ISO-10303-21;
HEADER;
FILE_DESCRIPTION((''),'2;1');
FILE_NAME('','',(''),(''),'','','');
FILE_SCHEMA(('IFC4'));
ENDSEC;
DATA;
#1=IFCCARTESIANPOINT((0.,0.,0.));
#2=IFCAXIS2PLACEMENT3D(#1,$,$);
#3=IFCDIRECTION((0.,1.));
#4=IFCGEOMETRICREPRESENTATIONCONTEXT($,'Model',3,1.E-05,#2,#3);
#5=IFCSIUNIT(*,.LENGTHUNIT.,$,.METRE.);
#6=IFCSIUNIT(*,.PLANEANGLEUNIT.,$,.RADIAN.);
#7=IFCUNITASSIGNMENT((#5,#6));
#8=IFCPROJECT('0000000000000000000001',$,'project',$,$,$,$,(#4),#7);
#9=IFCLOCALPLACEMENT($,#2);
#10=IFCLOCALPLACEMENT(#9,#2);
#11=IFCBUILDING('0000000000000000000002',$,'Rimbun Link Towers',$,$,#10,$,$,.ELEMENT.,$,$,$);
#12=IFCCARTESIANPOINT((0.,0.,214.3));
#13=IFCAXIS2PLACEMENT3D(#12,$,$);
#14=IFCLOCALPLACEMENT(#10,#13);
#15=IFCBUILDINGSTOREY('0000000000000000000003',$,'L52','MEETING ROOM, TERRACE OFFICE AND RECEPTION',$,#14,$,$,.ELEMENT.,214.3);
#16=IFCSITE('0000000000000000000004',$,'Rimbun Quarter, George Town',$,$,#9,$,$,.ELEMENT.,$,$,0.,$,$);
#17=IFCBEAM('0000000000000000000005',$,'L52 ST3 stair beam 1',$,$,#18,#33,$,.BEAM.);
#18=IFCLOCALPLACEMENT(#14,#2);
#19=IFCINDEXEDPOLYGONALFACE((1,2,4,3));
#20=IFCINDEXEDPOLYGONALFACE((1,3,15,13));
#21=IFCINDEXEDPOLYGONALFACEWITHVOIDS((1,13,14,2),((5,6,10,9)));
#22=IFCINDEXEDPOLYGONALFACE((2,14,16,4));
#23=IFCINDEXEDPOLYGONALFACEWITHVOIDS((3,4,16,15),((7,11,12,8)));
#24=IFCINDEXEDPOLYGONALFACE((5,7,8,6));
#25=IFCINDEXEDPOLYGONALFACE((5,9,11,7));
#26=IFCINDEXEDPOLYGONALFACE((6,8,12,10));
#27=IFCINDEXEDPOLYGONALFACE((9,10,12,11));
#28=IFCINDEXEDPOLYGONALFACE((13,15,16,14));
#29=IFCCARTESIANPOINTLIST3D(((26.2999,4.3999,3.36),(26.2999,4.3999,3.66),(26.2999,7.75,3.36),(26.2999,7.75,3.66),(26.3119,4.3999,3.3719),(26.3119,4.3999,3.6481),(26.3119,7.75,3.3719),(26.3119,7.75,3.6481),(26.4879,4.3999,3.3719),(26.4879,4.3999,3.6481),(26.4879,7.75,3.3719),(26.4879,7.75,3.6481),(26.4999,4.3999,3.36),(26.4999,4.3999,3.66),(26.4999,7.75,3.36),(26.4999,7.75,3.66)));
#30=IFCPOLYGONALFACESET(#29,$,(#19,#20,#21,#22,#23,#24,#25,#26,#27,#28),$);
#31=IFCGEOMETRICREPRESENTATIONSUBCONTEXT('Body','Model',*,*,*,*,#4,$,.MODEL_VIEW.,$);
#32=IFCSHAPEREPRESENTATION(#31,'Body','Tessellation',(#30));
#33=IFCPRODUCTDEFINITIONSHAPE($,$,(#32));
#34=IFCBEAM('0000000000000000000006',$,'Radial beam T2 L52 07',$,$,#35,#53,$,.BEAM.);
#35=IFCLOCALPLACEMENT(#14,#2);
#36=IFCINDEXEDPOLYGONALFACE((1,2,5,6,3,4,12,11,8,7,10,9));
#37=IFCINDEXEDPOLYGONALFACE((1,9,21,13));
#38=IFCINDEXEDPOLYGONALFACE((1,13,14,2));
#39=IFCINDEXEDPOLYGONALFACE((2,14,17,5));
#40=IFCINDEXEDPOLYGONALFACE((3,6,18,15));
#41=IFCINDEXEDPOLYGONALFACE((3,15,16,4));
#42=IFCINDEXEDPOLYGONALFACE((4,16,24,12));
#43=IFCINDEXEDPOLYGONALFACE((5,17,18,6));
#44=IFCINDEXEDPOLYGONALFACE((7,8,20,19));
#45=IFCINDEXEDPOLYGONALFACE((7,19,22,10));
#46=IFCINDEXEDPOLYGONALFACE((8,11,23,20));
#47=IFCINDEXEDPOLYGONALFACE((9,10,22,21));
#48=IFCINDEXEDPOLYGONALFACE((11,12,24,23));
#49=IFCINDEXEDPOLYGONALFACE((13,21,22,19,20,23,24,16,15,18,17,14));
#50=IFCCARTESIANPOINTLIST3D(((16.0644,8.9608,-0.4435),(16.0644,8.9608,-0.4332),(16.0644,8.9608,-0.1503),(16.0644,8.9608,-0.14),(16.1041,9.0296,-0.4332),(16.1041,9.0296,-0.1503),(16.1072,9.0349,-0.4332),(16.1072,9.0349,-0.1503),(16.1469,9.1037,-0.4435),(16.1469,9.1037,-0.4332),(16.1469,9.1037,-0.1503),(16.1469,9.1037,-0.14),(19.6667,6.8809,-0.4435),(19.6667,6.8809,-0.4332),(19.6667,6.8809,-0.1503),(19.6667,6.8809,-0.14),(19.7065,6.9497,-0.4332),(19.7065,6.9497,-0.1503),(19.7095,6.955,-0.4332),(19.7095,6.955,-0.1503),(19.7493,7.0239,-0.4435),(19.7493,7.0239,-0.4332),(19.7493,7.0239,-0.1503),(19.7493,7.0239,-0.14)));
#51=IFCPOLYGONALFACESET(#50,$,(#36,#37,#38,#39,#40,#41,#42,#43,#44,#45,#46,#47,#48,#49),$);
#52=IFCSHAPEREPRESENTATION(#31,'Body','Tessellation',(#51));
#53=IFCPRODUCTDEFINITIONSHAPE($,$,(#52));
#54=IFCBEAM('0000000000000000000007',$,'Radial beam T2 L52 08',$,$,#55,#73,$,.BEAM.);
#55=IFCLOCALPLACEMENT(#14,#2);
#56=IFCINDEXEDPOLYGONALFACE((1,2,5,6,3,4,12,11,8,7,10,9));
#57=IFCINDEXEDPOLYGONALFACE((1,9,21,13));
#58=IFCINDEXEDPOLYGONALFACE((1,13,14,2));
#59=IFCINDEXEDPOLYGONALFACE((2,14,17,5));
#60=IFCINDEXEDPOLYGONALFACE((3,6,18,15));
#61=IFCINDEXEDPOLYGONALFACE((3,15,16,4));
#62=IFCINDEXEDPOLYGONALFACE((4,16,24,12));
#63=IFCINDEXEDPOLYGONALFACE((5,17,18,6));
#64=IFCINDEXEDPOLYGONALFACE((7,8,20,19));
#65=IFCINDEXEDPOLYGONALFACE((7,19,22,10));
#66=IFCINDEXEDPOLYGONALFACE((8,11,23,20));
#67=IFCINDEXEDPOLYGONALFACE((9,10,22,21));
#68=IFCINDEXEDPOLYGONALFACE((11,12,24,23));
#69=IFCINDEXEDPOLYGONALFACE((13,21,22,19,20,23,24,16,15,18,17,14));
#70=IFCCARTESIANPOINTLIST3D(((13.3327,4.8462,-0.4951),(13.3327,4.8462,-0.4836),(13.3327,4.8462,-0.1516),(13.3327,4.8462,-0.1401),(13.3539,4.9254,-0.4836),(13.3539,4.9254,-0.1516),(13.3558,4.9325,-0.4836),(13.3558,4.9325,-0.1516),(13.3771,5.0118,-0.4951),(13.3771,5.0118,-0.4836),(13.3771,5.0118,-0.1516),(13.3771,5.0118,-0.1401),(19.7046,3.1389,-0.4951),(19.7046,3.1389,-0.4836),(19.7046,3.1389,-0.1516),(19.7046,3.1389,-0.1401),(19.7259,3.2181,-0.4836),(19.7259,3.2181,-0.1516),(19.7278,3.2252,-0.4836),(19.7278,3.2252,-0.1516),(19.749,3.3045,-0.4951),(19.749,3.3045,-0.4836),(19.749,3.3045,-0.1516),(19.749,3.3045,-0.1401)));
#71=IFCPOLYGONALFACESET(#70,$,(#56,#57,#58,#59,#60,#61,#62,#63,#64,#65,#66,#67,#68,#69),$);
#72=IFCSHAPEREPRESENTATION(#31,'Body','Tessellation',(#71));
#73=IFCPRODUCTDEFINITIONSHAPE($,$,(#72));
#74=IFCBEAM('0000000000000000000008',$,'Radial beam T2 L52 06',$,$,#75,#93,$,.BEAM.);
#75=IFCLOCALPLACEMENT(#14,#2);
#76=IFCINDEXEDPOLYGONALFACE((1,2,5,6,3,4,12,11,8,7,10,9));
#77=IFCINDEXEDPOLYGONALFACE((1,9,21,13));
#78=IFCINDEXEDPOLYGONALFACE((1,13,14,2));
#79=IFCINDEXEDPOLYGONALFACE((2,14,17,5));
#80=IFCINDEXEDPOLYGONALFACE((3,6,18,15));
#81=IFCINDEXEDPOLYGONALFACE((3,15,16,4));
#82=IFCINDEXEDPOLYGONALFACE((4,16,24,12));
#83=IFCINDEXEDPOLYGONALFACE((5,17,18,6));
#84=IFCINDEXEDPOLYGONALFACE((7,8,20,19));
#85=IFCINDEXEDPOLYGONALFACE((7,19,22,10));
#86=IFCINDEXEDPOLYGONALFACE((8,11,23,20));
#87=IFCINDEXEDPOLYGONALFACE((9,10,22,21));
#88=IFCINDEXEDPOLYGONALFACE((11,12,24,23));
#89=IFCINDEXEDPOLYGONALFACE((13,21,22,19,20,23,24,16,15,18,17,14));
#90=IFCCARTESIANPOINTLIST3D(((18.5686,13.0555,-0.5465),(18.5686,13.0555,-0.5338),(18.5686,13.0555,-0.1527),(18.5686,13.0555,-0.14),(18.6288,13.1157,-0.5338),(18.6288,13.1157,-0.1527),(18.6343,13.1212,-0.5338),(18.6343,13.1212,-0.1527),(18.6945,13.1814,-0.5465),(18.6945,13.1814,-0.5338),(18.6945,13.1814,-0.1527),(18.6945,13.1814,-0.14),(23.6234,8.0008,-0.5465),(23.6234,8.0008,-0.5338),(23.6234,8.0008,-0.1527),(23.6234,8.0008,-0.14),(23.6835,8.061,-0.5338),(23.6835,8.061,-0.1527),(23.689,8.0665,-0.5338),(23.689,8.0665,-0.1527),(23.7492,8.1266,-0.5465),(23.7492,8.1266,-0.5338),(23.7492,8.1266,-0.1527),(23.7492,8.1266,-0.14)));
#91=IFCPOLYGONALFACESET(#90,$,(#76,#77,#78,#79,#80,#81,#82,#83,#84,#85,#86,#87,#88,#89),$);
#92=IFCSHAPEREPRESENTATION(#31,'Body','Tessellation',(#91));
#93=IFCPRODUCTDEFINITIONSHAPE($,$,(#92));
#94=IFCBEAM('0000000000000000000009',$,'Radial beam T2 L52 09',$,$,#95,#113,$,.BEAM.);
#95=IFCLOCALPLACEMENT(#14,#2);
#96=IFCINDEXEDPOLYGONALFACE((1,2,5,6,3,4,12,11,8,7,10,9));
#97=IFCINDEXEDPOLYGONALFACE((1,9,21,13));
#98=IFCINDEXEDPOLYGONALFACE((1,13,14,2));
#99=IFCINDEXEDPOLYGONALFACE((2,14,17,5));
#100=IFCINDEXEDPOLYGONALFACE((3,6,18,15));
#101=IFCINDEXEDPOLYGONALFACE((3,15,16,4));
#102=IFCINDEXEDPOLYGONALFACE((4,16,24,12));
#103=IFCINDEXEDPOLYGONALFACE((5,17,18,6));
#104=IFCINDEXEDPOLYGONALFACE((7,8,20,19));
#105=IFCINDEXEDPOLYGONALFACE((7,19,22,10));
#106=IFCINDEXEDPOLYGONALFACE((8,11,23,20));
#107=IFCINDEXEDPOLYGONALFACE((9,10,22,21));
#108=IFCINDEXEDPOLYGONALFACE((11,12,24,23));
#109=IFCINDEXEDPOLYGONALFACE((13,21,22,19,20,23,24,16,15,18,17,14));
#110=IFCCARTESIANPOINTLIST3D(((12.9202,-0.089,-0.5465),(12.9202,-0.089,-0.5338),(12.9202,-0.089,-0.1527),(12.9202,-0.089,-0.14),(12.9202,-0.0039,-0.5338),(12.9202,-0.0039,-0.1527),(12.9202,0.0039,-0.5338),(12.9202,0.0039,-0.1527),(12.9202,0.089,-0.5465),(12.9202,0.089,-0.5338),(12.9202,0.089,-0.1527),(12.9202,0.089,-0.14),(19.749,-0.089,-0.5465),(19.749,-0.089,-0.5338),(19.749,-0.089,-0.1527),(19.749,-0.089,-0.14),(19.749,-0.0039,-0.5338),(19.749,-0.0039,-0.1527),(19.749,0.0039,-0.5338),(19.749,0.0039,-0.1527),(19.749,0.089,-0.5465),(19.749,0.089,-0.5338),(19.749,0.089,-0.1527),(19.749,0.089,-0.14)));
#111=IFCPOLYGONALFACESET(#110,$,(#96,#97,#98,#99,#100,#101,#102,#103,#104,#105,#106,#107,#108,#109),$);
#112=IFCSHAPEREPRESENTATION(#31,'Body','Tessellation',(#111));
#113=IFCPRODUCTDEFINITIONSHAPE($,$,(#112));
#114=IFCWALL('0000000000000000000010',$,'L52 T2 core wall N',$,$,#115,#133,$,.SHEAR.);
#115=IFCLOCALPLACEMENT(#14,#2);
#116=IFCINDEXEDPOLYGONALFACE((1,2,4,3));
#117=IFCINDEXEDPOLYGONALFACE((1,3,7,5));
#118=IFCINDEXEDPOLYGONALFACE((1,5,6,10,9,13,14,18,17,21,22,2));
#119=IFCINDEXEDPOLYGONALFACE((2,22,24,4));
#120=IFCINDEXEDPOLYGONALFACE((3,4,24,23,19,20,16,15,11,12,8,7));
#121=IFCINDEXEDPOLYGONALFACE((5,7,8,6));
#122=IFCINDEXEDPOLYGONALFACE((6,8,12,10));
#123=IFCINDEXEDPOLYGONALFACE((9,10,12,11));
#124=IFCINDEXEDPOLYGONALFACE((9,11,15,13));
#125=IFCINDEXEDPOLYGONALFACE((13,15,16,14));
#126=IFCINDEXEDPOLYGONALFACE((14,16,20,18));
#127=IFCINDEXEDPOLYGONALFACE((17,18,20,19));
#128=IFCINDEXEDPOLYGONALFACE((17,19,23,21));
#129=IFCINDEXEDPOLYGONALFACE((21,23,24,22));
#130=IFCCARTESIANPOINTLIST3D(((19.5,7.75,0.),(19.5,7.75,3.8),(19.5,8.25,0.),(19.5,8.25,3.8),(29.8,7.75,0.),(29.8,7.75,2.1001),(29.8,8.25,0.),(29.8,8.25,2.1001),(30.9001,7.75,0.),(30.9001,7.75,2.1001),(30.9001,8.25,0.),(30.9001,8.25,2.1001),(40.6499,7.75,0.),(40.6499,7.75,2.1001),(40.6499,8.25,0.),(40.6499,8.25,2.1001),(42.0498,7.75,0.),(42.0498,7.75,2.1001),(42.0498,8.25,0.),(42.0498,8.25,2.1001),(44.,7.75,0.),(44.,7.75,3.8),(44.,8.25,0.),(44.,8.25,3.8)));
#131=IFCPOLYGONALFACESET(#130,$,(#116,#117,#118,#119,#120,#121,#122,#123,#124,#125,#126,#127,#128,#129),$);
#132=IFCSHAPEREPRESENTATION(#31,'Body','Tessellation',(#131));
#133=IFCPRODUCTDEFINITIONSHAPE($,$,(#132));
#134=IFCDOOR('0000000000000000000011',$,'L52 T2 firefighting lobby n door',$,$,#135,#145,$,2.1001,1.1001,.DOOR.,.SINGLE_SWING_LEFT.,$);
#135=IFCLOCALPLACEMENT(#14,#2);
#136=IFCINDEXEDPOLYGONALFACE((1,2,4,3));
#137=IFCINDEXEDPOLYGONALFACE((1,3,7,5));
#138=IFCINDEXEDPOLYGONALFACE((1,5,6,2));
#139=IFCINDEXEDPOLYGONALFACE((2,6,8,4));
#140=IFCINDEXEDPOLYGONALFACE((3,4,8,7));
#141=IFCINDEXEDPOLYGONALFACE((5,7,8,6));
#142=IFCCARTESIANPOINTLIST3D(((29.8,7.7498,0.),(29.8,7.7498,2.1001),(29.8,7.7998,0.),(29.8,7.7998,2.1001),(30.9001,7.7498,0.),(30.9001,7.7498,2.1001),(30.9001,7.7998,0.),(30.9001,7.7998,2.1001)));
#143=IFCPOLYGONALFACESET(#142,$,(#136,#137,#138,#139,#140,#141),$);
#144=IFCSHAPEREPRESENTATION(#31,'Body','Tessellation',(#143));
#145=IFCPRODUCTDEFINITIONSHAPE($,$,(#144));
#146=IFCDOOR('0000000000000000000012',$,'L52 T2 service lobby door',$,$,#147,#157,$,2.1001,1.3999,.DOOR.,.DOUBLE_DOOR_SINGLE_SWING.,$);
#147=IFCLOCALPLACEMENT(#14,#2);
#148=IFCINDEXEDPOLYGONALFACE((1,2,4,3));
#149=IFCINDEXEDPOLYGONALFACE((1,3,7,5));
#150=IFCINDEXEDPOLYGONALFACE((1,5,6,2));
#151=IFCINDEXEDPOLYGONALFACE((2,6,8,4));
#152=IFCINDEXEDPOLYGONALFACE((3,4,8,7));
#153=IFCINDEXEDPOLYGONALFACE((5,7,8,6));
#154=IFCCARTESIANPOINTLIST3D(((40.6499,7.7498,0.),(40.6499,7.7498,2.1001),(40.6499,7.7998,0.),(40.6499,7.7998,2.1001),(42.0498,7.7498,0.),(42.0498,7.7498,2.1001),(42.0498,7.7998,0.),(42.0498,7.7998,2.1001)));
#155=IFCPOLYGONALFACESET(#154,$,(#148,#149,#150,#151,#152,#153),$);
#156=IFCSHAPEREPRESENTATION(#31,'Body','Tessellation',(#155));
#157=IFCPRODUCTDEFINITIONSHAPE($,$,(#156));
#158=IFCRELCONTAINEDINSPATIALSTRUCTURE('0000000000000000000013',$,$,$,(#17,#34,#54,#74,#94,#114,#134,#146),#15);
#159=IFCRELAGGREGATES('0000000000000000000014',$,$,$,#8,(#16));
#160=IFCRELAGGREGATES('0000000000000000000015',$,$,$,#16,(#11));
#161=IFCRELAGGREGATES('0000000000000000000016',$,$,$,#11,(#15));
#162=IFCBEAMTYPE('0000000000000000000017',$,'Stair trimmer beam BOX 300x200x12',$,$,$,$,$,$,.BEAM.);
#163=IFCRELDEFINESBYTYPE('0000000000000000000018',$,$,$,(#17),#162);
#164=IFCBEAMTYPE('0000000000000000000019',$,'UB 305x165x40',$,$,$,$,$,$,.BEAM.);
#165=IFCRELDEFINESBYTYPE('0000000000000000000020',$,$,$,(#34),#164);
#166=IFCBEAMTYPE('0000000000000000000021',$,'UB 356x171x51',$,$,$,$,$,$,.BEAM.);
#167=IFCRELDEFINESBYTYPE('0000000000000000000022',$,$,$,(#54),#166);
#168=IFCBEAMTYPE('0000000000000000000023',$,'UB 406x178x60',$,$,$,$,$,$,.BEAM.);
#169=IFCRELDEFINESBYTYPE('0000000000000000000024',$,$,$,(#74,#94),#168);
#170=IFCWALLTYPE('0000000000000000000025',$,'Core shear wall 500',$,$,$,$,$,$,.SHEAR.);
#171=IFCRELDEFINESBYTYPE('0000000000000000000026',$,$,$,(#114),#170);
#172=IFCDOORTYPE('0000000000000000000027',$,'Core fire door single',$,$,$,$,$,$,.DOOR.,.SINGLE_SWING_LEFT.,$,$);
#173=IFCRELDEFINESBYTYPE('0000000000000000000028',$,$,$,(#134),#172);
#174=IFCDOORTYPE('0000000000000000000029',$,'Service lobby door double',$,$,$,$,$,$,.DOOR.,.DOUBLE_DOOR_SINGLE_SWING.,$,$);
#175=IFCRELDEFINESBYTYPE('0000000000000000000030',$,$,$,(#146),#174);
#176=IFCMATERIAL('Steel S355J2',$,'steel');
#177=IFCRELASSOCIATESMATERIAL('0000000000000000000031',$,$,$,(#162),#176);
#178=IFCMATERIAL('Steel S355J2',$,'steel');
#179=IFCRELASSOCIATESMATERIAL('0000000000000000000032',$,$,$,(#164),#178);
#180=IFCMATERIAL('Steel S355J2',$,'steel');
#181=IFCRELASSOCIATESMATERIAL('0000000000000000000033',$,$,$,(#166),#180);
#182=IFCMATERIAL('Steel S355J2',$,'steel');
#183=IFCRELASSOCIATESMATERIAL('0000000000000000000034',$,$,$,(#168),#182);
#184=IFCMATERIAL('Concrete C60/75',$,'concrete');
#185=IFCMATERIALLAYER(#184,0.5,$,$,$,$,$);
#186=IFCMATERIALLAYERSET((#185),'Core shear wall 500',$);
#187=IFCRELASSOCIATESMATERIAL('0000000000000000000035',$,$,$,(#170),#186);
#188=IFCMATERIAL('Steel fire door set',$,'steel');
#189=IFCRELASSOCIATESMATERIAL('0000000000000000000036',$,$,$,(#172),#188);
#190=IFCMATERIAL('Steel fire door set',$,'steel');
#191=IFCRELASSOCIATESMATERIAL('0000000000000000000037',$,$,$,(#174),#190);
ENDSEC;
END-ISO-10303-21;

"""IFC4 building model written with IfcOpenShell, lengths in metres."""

from ifc_helpers import new_model, si_unit, direction, frame, frame_2d, origin, origin_2d, place, context, subcontext, project, spatial, rectangle, hollow_rectangle, i_section, extrude, material, layer, layer_set, material_profile, profile_set, type_object, element, fill, save


model = new_model("IFC4")

# Units and contexts
model_context = context("Model", 3, precision=1e-05, world=origin(), true_north=direction((0.0, 1.0)))
body_context = subcontext(model_context, "Body", "Model", "MODEL_VIEW")
ifc_project = project(units=[si_unit("LENGTHUNIT", "METRE"), si_unit("PLANEANGLEUNIT", "RADIAN")], contexts=[model_context])

# Site, building, storey
site_placement = place(None, origin())
site = spatial("IfcSite", under=ifc_project, at=site_placement, Name="Rimbun Quarter, George Town", CompositionType="ELEMENT", RefElevation=0.0)
building_placement = place(site_placement, origin())
building = spatial("IfcBuilding", under=site, at=building_placement, Name="Rimbun Link Towers", CompositionType="ELEMENT")
storey_placement = place(building_placement, frame((0.0, 0.0, 214.3)))
storey = spatial("IfcBuildingStorey", under=building, at=storey_placement, Name="L52", Description="MEETING ROOM, TERRACE OFFICE AND RECEPTION", CompositionType="ELEMENT", Elevation=214.3)

# Beams
ifc_material_1 = material(Name="Steel S355J2", Category="steel")
ifc_material_profile_1 = material_profile(ifc_material_1, hollow_rectangle(XDim=0.2, YDim=0.3, WallThickness=0.012, at=origin_2d()), Name="BOX 300x200x12")
ifc_profile_set_1 = profile_set([ifc_material_profile_1], Name="Steel S355J2")
beam_type_1 = type_object("IfcBeamType", Name="Stair trimmer beam BOX 300x200x12", PredefinedType="BEAM", material=ifc_profile_set_1)
beam_1_placement = place(storey_placement, frame((26.3999, 7.75, 3.51), z_axis=(0.0, -1.0, 0.0), x_axis=(1.0, 0.0, 0.0)))
element("IfcBeam", 1, at=beam_1_placement, inside=storey, type_object=beam_type_1, Name="L52 ST3 stair beam 1", PredefinedType="BEAM", context=body_context, shape_type="SweptSolid", body=[
    extrude(hollow_rectangle(XDim=0.2, YDim=0.3, WallThickness=0.012, at=origin_2d()), origin(), (0.0, 0.0, 1.0), 3.3501),
])
ifc_material_2 = material(Name="Steel S355J2", Category="steel")
ifc_material_profile_2 = material_profile(ifc_material_2, i_section(OverallWidth=0.165, OverallDepth=0.3035, WebThickness=0.0061, FlangeThickness=0.0103, at=origin_2d()), Name="UB 305x165x40")
ifc_profile_set_2 = profile_set([ifc_material_profile_2], Name="Steel S355J2")
beam_type_2 = type_object("IfcBeamType", Name="UB 305x165x40", PredefinedType="BEAM", material=ifc_profile_set_2)
beam_2_placement = place(storey_placement, frame((19.708, 6.9524, -0.2917), z_axis=(-0.86602, 0.500009, 0.0), x_axis=(-0.500009, -0.86602, 0.0)))
element("IfcBeam", 2, at=beam_2_placement, inside=storey, type_object=beam_type_2, Name="Radial beam T2 L52 07", PredefinedType="BEAM", context=body_context, shape_type="SweptSolid", body=[
    extrude(i_section(OverallWidth=0.165, OverallDepth=0.3035, WebThickness=0.0061, FlangeThickness=0.0103, at=origin_2d()), origin(), (0.0, 0.0, 1.0), 4.1597),
])
ifc_material_3 = material(Name="Steel S355J2", Category="steel")
ifc_material_profile_3 = material_profile(ifc_material_3, i_section(OverallWidth=0.1714, OverallDepth=0.355, WebThickness=0.0073, FlangeThickness=0.0115, at=origin_2d()), Name="UB 356x171x51")
ifc_profile_set_3 = profile_set([ifc_material_profile_3], Name="Steel S355J2")
beam_type_3 = type_object("IfcBeamType", Name="UB 356x171x51", PredefinedType="BEAM", material=ifc_profile_set_3)
beam_3_placement = place(storey_placement, frame((19.7268, 3.2217, -0.3176), z_axis=(-0.965928, 0.258812, 0.0), x_axis=(-0.258812, -0.965928, 0.0)))
element("IfcBeam", 3, at=beam_3_placement, inside=storey, type_object=beam_type_3, Name="Radial beam T2 L52 08", PredefinedType="BEAM", context=body_context, shape_type="SweptSolid", body=[
    extrude(i_section(OverallWidth=0.1714, OverallDepth=0.355, WebThickness=0.0073, FlangeThickness=0.0115, at=origin_2d()), origin(), (0.0, 0.0, 1.0), 6.5967),
])
ifc_material_4 = material(Name="Steel S355J2", Category="steel")
ifc_material_profile_4 = material_profile(ifc_material_4, i_section(OverallWidth=0.178, OverallDepth=0.4065, WebThickness=0.0078, FlangeThickness=0.0127, at=origin_2d()), Name="UB 406x178x60")
ifc_profile_set_4 = profile_set([ifc_material_profile_4], Name="Steel S355J2")
beam_type_4 = type_object("IfcBeamType", Name="UB 406x178x60", PredefinedType="BEAM", material=ifc_profile_set_4)
beam_4_placement = place(storey_placement, frame((23.6863, 8.0637, -0.3433), z_axis=(-0.707107, 0.707107, 0.0), x_axis=(-0.707107, -0.707107, 0.0)))
element("IfcBeam", 4, at=beam_4_placement, inside=storey, type_object=beam_type_4, Name="Radial beam T2 L52 06", PredefinedType="BEAM", context=body_context, shape_type="SweptSolid", body=[
    extrude(i_section(OverallWidth=0.178, OverallDepth=0.4065, WebThickness=0.0078, FlangeThickness=0.0127, at=origin_2d()), origin(), (0.0, 0.0, 1.0), 7.1484),
])
beam_5_placement = place(storey_placement, frame((19.749, 0.0, -0.3433), z_axis=(-1.0, 0.0, 0.0), x_axis=(0.0, -1.0, 0.0)))
element("IfcBeam", 5, at=beam_5_placement, inside=storey, type_object=beam_type_4, Name="Radial beam T2 L52 09", PredefinedType="BEAM", context=body_context, shape_type="SweptSolid", body=[
    extrude(i_section(OverallWidth=0.178, OverallDepth=0.4065, WebThickness=0.0078, FlangeThickness=0.0127, at=origin_2d()), origin(), (0.0, 0.0, 1.0), 6.8289),
])

# Wall, openings, doors
ifc_material_5 = material(Name="Concrete C60/75", Category="concrete")
ifc_layer_1 = layer(ifc_material_5, 0.5)
ifc_layer_set_1 = layer_set([ifc_layer_1], Name="Core shear wall 500")
wall_type_1 = type_object("IfcWallType", Name="Core shear wall 500", PredefinedType="SHEAR", material=ifc_layer_set_1)
wall_1_placement = place(storey_placement, frame((19.5, 8.0, 0.0), z_axis=(0.0, 0.0, 1.0), x_axis=(1.0, 0.0, 0.0)))
wall_1 = element("IfcWall", 6, at=wall_1_placement, inside=storey, type_object=wall_type_1, Name="L52 T2 core wall N", PredefinedType="SHEAR", context=body_context, shape_type="SweptSolid", body=[
    extrude(rectangle(XDim=24.5, YDim=0.5, at=frame_2d((12.25, 0.0))), origin(), (0.0, 0.0, 1.0), 3.8),
])
opening_1_placement = place(wall_1_placement, frame((10.3, 0.0, 0.0)))
opening_1 = element("IfcOpeningElement", 7, at=opening_1_placement, cuts=wall_1, PredefinedType="OPENING", context=body_context, shape_type="SweptSolid", body=[
    extrude(rectangle(XDim=1.1001, YDim=2.1001, at=frame_2d((0.55, 1.05))), frame((0.0, 0.26, 0.0), z_axis=(0.0, -1.0, 0.0), x_axis=(1.0, 0.0, 0.0)), (0.0, 0.0, 1.0), 0.52),
])
opening_2_placement = place(wall_1_placement, frame((21.1499, 0.0, 0.0)))
opening_2 = element("IfcOpeningElement", 8, at=opening_2_placement, cuts=wall_1, PredefinedType="OPENING", context=body_context, shape_type="SweptSolid", body=[
    extrude(rectangle(XDim=1.3999, YDim=2.1001, at=frame_2d((0.7, 1.05))), frame((0.0, 0.26, 0.0), z_axis=(0.0, -1.0, 0.0), x_axis=(1.0, 0.0, 0.0)), (0.0, 0.0, 1.0), 0.52),
])
ifc_material_6 = material(Name="Steel fire door set", Category="steel")
door_type_1 = type_object("IfcDoorType", Name="Core fire door single", OperationType="SINGLE_SWING_LEFT", PredefinedType="DOOR", material=ifc_material_6)
door_1_placement = place(opening_1_placement, origin())
door_1 = element("IfcDoor", 9, at=door_1_placement, inside=storey, type_object=door_type_1, Name="L52 T2 firefighting lobby n door", OperationType="SINGLE_SWING_LEFT", OverallHeight=2.1001, OverallWidth=1.1001, PredefinedType="DOOR", context=body_context, shape_type="SweptSolid", body=[
    extrude(rectangle(XDim=1.1001, YDim=2.1001, at=frame_2d((0.55, 1.05))), frame((0.0, -0.2002, 0.0), z_axis=(0.0, -1.0, 0.0), x_axis=(1.0, 0.0, 0.0)), (0.0, 0.0, 1.0), 0.05),
])
fill(opening_1, door_1)
ifc_material_7 = material(Name="Steel fire door set", Category="steel")
door_type_2 = type_object("IfcDoorType", Name="Service lobby door double", OperationType="DOUBLE_DOOR_SINGLE_SWING", PredefinedType="DOOR", material=ifc_material_7)
door_2_placement = place(opening_2_placement, origin())
door_2 = element("IfcDoor", 10, at=door_2_placement, inside=storey, type_object=door_type_2, Name="L52 T2 service lobby door", OperationType="DOUBLE_DOOR_SINGLE_SWING", OverallHeight=2.1001, OverallWidth=1.3999, PredefinedType="DOOR", context=body_context, shape_type="SweptSolid", body=[
    extrude(rectangle(XDim=1.3999, YDim=2.1001, at=frame_2d((0.7, 1.05))), frame((0.0, -0.2002, 0.0), z_axis=(0.0, -1.0, 0.0), x_axis=(1.0, 0.0, 0.0)), (0.0, 0.0, 1.0), 0.05),
])
fill(opening_2, door_2)

save(model, "model.ifc")
